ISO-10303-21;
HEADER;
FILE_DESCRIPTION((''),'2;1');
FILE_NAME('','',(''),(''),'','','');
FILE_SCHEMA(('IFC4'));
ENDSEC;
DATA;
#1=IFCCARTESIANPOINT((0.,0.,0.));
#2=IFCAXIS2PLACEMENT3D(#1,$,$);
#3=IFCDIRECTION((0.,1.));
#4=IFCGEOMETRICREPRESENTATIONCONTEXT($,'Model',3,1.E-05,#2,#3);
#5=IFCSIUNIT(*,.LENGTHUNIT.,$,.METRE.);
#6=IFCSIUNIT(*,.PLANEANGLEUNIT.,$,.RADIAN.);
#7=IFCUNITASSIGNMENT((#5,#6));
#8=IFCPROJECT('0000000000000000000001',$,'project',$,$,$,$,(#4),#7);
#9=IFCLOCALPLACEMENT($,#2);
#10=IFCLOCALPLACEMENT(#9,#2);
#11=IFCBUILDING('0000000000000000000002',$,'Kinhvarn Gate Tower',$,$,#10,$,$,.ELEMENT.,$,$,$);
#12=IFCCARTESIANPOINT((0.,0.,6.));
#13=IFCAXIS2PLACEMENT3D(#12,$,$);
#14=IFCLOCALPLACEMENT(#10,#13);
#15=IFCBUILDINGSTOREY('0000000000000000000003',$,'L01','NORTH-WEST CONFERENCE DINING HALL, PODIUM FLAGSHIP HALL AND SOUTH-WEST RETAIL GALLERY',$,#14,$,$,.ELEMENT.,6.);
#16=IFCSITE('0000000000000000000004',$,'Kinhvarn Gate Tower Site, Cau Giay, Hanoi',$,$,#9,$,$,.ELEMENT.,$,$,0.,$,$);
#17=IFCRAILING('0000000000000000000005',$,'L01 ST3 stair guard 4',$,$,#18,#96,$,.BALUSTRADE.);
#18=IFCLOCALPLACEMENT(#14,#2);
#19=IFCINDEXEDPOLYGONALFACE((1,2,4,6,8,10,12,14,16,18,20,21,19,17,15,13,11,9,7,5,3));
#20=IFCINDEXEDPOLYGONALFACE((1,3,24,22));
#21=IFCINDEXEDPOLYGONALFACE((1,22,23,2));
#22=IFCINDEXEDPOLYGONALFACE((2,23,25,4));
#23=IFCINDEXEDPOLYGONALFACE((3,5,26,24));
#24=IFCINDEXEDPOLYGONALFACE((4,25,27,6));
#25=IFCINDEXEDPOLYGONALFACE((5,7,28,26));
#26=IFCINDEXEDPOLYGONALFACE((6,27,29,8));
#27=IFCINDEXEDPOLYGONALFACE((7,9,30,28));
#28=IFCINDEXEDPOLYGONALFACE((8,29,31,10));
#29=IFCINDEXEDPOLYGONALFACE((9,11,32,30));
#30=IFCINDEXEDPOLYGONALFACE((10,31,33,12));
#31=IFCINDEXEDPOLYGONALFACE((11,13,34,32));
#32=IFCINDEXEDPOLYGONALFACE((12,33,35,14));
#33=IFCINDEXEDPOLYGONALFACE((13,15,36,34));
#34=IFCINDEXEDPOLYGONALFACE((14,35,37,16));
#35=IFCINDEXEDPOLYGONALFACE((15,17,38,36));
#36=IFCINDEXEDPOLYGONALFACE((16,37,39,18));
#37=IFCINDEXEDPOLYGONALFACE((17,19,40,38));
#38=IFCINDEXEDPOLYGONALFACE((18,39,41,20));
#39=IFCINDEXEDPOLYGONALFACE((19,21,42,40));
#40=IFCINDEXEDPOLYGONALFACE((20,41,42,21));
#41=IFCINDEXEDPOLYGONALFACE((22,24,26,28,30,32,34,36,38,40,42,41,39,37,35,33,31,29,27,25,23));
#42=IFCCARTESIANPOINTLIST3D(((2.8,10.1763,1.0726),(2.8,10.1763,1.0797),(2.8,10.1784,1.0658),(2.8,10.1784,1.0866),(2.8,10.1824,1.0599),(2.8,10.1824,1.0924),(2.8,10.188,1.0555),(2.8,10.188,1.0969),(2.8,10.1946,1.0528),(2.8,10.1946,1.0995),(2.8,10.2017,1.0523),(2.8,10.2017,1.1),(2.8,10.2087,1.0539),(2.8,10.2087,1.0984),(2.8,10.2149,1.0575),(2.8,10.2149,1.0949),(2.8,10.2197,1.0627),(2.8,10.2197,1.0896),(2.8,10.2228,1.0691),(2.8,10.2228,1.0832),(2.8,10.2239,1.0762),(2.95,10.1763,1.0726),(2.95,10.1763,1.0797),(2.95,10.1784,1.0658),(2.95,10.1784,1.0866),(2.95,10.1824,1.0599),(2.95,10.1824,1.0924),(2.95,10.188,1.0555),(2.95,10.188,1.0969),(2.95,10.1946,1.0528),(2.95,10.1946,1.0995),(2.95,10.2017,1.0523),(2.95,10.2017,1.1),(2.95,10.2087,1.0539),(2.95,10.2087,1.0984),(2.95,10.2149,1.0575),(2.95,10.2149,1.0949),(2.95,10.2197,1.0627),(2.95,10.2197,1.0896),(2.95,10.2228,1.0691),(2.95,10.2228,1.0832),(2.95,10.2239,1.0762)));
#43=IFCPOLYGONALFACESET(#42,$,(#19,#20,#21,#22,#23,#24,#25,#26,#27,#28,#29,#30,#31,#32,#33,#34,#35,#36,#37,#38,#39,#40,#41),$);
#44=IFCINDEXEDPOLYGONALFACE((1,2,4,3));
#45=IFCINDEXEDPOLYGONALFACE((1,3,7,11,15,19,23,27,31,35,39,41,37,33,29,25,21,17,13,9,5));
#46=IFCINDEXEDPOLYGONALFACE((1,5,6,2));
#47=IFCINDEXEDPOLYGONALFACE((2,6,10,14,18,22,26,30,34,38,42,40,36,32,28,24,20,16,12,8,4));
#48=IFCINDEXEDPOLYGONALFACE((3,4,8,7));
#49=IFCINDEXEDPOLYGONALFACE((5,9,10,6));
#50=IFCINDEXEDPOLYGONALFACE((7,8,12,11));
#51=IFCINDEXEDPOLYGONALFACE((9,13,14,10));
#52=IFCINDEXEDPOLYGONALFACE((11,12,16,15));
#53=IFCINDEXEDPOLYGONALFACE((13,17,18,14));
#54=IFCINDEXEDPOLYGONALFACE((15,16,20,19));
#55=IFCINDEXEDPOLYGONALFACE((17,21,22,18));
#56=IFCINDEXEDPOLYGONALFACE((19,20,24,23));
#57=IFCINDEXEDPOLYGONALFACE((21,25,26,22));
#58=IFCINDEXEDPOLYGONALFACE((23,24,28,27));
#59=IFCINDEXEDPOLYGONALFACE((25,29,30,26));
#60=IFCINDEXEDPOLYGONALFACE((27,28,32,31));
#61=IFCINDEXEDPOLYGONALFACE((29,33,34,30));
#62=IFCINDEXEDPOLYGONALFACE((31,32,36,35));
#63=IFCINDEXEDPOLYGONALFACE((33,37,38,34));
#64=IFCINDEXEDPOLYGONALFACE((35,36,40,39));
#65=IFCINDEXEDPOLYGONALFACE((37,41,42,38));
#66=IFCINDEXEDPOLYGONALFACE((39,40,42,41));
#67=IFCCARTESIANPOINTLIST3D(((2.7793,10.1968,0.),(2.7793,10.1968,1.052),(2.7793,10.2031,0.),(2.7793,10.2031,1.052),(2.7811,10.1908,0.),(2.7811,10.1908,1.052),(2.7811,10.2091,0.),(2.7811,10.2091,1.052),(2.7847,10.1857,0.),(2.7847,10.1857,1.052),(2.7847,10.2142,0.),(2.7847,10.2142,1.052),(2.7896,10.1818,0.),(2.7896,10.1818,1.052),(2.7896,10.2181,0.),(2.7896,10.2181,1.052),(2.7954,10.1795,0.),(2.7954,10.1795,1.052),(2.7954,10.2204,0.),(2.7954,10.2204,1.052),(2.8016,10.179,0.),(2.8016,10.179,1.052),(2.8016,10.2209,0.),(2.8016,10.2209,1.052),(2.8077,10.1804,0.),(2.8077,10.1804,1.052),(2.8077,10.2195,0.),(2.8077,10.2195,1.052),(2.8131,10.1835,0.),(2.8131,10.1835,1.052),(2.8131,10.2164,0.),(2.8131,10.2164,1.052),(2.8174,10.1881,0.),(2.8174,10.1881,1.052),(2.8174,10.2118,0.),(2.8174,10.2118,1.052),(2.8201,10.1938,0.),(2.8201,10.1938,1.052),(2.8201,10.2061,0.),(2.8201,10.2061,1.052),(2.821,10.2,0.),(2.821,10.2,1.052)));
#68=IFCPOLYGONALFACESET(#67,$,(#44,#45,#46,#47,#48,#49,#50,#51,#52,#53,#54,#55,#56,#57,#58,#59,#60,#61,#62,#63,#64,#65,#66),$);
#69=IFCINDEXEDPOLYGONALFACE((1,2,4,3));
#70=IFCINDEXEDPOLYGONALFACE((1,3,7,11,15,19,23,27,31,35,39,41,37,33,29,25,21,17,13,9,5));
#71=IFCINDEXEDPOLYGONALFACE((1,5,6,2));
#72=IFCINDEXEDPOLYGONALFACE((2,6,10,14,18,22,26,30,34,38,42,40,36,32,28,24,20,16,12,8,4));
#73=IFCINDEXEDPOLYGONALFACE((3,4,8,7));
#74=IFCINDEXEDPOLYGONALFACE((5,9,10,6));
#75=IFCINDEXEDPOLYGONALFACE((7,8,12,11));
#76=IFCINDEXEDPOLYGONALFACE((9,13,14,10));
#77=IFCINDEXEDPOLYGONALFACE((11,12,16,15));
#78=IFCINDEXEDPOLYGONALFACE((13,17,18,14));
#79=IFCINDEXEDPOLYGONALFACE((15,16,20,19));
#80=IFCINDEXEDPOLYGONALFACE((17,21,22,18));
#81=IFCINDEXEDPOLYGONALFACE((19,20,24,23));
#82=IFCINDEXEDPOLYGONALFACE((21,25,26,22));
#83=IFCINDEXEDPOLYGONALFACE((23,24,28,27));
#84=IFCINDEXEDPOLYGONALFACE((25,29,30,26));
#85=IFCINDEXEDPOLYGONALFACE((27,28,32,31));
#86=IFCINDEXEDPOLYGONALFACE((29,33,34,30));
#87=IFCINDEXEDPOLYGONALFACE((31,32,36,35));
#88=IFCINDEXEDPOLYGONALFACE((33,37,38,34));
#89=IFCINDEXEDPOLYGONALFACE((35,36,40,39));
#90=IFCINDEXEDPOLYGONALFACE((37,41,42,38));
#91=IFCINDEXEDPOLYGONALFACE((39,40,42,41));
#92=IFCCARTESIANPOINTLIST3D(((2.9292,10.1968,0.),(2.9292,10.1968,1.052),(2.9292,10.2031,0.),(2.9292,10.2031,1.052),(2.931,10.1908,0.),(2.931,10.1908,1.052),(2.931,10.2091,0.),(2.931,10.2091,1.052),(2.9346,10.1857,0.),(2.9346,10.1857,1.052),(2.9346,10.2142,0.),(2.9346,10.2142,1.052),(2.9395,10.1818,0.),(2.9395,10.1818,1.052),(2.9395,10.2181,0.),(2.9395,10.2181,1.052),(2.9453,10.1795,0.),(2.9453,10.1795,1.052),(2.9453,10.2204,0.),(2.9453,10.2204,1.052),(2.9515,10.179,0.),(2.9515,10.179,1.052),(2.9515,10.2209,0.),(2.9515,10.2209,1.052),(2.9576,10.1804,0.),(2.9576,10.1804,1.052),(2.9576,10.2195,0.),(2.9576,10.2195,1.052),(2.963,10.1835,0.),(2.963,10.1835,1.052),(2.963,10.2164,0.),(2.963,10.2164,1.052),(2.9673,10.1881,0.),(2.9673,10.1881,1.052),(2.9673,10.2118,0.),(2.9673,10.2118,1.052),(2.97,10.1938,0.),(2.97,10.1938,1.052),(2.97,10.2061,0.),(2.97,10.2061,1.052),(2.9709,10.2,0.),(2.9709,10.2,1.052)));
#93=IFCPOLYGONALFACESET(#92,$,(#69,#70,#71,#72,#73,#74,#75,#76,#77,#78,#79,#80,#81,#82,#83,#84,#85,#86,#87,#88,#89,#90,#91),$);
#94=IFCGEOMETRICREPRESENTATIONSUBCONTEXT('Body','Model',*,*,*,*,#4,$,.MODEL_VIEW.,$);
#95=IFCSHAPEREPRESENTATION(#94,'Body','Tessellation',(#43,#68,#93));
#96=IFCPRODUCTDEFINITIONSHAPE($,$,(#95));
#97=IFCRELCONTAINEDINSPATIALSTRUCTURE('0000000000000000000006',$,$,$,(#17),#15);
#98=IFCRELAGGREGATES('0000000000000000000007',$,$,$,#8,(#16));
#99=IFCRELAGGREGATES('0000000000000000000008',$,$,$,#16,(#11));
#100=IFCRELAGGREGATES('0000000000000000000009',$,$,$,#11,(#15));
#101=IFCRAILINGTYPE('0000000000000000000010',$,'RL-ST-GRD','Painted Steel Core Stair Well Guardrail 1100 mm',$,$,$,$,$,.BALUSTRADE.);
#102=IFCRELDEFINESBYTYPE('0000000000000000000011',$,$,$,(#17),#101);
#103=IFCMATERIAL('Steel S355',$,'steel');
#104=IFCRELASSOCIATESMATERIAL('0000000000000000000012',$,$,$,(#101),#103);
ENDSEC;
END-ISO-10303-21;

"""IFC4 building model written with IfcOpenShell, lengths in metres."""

from ifc_helpers import new_model, si_unit, direction, frame, origin, origin_2d, place, context, subcontext, project, spatial, circle, extrude, material, type_object, element, save


model = new_model("IFC4")

# Units and contexts
model_context = context("Model", 3, precision=1e-05, world=origin(), true_north=direction((0.0, 1.0)))
body_context = subcontext(model_context, "Body", "Model", "MODEL_VIEW")
ifc_project = project(units=[si_unit("LENGTHUNIT", "METRE"), si_unit("PLANEANGLEUNIT", "RADIAN")], contexts=[model_context])

# Site, building, storey
site_placement = place(None, origin())
site = spatial("IfcSite", under=ifc_project, at=site_placement, Name="Kinhvarn Gate Tower Site, Cau Giay, Hanoi", CompositionType="ELEMENT", RefElevation=0.0)
building_placement = place(site_placement, origin())
building = spatial("IfcBuilding", under=site, at=building_placement, Name="Kinhvarn Gate Tower", CompositionType="ELEMENT")
storey_placement = place(building_placement, frame((0.0, 0.0, 6.0)))
storey = spatial("IfcBuildingStorey", under=building, at=storey_placement, Name="L01", Description="NORTH-WEST CONFERENCE DINING HALL, PODIUM FLAGSHIP HALL AND SOUTH-WEST RETAIL GALLERY", CompositionType="ELEMENT", Elevation=6.0)

# Shared definitions
ifc_material_1 = material(Name="Steel S355", Category="steel")

# Railing
railing_type_1 = type_object("IfcRailingType", Name="RL-ST-GRD", Description="Painted Steel Core Stair Well Guardrail 1100 mm", PredefinedType="BALUSTRADE", material=ifc_material_1)
railing_1_placement = place(storey_placement, frame((2.8, 10.2, 0.0)))
element("IfcRailing", 1, at=railing_1_placement, inside=storey, type_object=railing_type_1, Name="L01 ST3 stair guard 4", PredefinedType="BALUSTRADE", context=body_context, shape_type="SweptSolid", body=[
    extrude(circle(Radius=0.0239, at=origin_2d()), frame((0.0, 0.0, 1.0762), z_axis=(1.0, 0.0, 0.0), x_axis=(0.0, 1.0, 0.0)), (0.0, 0.0, 1.0), 0.1499),
    extrude(circle(Radius=0.021, at=origin_2d()), origin(), (0.0, 0.0, 1.0), 1.052),
    extrude(circle(Radius=0.021, at=origin_2d()), frame((0.1499, 0.0, 0.0)), (0.0, 0.0, 1.0), 1.052),
])

save(model, "model.ifc")
